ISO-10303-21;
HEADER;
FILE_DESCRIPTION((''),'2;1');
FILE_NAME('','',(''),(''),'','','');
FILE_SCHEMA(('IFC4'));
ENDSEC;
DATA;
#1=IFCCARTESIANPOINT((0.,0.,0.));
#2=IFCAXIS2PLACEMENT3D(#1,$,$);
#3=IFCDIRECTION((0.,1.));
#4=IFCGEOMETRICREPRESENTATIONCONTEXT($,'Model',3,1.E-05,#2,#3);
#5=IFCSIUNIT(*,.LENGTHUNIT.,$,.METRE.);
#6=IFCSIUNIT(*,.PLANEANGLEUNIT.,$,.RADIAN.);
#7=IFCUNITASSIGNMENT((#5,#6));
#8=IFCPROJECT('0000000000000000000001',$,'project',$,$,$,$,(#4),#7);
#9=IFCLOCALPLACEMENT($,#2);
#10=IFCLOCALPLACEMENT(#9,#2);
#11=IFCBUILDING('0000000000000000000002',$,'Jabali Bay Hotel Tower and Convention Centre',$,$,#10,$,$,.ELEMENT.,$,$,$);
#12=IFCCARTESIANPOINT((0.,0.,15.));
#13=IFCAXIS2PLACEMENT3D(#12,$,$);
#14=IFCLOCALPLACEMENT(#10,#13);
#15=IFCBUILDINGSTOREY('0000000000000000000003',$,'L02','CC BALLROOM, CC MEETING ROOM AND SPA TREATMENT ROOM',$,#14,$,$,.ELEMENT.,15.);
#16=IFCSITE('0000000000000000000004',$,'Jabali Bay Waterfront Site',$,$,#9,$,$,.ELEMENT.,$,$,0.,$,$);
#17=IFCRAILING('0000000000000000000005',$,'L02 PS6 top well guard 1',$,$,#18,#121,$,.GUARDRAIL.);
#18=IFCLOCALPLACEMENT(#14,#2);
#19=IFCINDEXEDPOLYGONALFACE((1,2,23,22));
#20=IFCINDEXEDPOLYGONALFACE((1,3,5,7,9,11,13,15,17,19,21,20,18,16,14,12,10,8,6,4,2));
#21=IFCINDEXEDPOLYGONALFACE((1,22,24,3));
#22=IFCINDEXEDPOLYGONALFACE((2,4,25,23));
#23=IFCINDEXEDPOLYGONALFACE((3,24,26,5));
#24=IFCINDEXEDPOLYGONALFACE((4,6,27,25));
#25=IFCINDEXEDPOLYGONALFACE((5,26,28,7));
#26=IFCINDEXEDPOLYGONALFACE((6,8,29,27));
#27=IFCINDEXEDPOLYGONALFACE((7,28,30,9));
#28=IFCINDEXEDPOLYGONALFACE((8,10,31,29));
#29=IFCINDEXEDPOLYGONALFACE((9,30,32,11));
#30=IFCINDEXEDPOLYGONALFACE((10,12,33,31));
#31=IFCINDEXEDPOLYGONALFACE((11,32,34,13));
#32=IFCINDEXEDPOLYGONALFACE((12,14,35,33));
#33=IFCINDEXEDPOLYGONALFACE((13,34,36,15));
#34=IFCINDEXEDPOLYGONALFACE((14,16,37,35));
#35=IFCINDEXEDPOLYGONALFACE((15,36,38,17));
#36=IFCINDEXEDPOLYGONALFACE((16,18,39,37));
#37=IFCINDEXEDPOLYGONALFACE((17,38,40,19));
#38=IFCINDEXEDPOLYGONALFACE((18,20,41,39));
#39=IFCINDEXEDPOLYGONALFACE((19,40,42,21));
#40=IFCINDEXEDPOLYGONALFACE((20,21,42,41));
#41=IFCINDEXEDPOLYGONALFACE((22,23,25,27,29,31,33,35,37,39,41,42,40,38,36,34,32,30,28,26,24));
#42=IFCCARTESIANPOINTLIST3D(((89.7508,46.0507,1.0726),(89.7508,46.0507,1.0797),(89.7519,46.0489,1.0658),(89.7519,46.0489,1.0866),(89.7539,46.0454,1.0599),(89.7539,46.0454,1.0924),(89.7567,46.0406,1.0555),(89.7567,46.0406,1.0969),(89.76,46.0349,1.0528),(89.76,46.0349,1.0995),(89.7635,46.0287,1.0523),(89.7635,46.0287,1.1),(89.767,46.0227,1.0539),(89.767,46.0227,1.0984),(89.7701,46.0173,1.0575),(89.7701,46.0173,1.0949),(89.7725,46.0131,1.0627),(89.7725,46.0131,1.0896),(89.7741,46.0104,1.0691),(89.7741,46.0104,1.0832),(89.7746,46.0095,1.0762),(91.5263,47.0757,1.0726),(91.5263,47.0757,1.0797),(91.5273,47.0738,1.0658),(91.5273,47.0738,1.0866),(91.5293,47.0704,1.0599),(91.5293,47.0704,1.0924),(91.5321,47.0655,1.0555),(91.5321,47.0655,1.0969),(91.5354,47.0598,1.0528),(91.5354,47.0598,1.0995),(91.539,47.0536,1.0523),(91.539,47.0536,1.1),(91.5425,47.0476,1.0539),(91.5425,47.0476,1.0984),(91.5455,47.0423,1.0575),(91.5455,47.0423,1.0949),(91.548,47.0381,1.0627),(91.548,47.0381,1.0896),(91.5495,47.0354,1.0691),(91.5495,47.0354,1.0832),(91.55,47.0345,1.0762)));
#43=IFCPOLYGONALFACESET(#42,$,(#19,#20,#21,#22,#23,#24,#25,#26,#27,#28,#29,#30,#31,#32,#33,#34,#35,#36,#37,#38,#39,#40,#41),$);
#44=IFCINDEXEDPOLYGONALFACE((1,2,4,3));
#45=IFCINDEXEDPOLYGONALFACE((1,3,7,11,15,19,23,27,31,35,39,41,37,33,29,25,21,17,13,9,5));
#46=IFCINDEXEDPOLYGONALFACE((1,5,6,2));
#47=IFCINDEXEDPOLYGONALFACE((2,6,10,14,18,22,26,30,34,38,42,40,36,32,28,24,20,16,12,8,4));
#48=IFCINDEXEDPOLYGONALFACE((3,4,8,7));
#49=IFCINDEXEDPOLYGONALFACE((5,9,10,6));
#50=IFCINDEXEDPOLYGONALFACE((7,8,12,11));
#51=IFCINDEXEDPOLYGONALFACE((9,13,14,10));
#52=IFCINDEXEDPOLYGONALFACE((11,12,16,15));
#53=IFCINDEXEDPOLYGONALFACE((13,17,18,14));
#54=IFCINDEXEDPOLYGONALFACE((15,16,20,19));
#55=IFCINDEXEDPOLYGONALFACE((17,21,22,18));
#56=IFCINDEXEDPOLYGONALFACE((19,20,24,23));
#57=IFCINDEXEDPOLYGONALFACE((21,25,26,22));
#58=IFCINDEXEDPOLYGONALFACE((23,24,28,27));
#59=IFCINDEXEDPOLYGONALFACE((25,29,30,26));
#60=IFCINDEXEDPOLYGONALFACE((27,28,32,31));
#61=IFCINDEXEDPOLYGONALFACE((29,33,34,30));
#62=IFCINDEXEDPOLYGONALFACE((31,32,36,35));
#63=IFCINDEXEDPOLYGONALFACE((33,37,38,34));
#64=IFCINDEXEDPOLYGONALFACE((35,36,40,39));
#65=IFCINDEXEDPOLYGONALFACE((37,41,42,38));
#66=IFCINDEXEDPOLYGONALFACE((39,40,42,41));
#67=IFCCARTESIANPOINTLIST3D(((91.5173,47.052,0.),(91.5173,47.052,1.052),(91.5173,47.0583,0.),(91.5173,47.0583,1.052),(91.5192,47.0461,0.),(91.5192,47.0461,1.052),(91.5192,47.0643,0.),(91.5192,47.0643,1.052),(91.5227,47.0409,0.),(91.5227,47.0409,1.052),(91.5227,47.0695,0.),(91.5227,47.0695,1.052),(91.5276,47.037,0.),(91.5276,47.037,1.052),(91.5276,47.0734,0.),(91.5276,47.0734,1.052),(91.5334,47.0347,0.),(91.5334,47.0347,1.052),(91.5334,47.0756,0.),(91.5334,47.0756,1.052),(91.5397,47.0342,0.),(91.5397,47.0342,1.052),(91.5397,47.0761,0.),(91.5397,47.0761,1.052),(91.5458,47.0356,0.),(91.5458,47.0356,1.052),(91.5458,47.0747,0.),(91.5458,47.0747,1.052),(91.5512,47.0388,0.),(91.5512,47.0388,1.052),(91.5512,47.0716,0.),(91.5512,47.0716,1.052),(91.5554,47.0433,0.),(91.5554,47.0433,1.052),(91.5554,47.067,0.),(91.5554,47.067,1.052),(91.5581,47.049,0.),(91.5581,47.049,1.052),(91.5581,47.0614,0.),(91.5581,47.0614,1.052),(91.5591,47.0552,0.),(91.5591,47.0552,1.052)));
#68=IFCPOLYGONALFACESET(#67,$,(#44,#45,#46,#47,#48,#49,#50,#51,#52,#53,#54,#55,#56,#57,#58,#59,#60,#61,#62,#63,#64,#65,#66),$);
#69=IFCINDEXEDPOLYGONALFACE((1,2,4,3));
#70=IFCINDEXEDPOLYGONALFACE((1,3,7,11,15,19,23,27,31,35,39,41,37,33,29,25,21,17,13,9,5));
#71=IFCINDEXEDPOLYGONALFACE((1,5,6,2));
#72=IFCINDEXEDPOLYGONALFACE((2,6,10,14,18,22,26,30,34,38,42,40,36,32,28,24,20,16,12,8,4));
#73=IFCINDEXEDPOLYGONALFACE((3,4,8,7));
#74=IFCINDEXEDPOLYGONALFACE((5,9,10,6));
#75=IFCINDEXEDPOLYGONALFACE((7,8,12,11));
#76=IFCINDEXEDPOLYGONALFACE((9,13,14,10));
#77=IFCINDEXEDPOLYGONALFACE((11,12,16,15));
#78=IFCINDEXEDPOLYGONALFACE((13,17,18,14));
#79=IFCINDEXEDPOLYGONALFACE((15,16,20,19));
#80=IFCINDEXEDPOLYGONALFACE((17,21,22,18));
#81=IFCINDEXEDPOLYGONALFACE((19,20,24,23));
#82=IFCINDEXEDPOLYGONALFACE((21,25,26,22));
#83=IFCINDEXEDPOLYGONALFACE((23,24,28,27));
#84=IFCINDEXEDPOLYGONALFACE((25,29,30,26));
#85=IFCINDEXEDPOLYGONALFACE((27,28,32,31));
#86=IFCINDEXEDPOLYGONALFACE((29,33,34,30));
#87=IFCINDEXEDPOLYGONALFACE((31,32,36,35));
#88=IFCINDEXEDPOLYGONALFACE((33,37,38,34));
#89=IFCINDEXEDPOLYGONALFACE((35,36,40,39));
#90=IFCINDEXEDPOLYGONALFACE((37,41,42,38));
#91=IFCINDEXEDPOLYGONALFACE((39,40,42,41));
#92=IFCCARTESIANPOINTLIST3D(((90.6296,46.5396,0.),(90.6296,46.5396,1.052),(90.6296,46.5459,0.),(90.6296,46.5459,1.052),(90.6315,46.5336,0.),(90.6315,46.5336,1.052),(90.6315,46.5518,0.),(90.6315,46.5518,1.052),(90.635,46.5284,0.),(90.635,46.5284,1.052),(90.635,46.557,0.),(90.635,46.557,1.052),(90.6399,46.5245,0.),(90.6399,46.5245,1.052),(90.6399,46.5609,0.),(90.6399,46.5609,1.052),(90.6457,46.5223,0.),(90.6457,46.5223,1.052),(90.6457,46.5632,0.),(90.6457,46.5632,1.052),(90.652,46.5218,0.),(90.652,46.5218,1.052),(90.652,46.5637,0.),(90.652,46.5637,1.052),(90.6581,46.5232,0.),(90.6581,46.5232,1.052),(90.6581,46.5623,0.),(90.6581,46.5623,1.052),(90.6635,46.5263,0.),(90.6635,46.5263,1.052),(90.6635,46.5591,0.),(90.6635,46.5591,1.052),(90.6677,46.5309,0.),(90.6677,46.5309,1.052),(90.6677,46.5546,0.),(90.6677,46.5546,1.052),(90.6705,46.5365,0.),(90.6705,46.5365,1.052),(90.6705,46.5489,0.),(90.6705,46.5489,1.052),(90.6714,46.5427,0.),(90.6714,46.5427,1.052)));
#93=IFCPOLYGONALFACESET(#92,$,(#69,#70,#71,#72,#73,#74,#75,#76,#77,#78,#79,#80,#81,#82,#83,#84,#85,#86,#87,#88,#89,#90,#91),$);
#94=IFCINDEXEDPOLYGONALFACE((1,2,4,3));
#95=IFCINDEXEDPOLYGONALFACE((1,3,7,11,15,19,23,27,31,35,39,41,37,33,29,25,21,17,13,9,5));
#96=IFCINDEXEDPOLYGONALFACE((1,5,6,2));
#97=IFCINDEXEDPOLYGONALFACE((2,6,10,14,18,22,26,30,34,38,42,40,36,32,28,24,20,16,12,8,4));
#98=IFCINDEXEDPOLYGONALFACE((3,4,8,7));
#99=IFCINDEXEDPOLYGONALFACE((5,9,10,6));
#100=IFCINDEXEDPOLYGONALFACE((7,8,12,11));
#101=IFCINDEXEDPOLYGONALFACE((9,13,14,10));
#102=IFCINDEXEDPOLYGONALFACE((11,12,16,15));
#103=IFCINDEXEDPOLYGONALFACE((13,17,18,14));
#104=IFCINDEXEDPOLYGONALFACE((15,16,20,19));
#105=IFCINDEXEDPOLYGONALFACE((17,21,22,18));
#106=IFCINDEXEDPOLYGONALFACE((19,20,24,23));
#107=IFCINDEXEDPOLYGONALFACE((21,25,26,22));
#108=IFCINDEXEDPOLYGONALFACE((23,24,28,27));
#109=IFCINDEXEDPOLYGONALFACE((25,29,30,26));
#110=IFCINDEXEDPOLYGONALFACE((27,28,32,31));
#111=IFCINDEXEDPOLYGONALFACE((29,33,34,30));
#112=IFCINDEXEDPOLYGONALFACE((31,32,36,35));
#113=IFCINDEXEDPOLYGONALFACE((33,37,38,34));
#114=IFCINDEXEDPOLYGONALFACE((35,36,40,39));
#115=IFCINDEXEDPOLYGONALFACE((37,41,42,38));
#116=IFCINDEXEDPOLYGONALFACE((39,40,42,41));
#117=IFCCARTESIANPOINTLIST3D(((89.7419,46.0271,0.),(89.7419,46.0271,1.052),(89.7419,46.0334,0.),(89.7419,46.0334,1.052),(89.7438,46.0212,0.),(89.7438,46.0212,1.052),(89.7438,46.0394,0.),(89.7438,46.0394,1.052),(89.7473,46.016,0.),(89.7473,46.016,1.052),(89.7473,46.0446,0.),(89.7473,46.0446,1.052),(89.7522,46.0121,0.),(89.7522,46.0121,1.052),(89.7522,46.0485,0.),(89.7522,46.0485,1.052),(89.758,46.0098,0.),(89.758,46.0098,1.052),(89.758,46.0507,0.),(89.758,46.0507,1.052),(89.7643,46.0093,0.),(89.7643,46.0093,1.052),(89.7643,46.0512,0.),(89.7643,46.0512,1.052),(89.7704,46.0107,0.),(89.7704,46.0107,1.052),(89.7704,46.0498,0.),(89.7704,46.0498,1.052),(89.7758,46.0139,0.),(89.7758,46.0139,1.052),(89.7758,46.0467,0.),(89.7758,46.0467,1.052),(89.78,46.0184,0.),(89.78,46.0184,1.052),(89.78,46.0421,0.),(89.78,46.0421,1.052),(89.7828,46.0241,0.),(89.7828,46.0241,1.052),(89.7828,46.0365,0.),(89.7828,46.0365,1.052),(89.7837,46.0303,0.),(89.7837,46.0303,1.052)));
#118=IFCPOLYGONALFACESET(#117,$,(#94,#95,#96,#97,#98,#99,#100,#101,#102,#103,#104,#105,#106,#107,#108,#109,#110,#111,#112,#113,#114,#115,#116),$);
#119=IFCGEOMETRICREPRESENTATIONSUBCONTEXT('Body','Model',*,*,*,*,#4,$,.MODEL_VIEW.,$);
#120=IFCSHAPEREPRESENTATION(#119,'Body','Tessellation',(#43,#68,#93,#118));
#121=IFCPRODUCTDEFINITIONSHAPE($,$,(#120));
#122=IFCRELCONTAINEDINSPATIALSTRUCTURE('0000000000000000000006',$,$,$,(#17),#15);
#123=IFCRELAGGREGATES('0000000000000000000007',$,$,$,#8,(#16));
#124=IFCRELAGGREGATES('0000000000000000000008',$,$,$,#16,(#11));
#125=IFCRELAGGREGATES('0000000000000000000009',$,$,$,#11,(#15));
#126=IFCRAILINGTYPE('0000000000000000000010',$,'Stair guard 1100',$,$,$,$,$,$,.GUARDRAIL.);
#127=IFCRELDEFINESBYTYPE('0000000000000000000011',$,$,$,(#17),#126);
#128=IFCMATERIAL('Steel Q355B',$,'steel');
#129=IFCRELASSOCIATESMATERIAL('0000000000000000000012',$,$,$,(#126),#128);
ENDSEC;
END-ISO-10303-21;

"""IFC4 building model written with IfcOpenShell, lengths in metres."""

from ifc_helpers import new_model, si_unit, direction, frame, origin, origin_2d, place, context, subcontext, project, spatial, circle, extrude, material, type_object, element, save


model = new_model("IFC4")

# Units and contexts
model_context = context("Model", 3, precision=1e-05, world=origin(), true_north=direction((0.0, 1.0)))
body_context = subcontext(model_context, "Body", "Model", "MODEL_VIEW")
ifc_project = project(units=[si_unit("LENGTHUNIT", "METRE"), si_unit("PLANEANGLEUNIT", "RADIAN")], contexts=[model_context])

# Site, building, storey
site_placement = place(None, origin())
site = spatial("IfcSite", under=ifc_project, at=site_placement, Name="Jabali Bay Waterfront Site", CompositionType="ELEMENT", RefElevation=0.0)
building_placement = place(site_placement, origin())
building = spatial("IfcBuilding", under=site, at=building_placement, Name="Jabali Bay Hotel Tower and Convention Centre", CompositionType="ELEMENT")
storey_placement = place(building_placement, frame((0.0, 0.0, 15.0)))
storey = spatial("IfcBuildingStorey", under=building, at=storey_placement, Name="L02", Description="CC BALLROOM, CC MEETING ROOM AND SPA TREATMENT ROOM", CompositionType="ELEMENT", Elevation=15.0)

# Railing
ifc_material_1 = material(Name="Steel Q355B", Category="steel")
railing_type_1 = type_object("IfcRailingType", Name="Stair guard 1100", PredefinedType="GUARDRAIL", material=ifc_material_1)
railing_1_placement = place(storey_placement, frame((91.5381, 47.0552, 0.0)))
element("IfcRailing", 1, at=railing_1_placement, inside=storey, type_object=railing_type_1, Name="L02 PS6 top well guard 1", PredefinedType="GUARDRAIL", context=body_context, shape_type="SweptSolid", body=[
    extrude(circle(Radius=0.0239, at=origin_2d()), frame((0.0, 0.0, 1.0762), z_axis=(-0.866051, -0.499956, 0.0), x_axis=(0.499956, -0.866051, 0.0)), (0.0, 0.0, 1.0), 2.05),
    extrude(circle(Radius=0.021, at=origin_2d()), origin(), (0.0, 0.0, 1.0), 1.052),
    extrude(circle(Radius=0.021, at=origin_2d()), frame((-0.8877, -0.5125, 0.0)), (0.0, 0.0, 1.0), 1.052),
    extrude(circle(Radius=0.021, at=origin_2d()), frame((-1.7754, -1.0249, 0.0)), (0.0, 0.0, 1.0), 1.052),
])

save(model, "model.ifc")
